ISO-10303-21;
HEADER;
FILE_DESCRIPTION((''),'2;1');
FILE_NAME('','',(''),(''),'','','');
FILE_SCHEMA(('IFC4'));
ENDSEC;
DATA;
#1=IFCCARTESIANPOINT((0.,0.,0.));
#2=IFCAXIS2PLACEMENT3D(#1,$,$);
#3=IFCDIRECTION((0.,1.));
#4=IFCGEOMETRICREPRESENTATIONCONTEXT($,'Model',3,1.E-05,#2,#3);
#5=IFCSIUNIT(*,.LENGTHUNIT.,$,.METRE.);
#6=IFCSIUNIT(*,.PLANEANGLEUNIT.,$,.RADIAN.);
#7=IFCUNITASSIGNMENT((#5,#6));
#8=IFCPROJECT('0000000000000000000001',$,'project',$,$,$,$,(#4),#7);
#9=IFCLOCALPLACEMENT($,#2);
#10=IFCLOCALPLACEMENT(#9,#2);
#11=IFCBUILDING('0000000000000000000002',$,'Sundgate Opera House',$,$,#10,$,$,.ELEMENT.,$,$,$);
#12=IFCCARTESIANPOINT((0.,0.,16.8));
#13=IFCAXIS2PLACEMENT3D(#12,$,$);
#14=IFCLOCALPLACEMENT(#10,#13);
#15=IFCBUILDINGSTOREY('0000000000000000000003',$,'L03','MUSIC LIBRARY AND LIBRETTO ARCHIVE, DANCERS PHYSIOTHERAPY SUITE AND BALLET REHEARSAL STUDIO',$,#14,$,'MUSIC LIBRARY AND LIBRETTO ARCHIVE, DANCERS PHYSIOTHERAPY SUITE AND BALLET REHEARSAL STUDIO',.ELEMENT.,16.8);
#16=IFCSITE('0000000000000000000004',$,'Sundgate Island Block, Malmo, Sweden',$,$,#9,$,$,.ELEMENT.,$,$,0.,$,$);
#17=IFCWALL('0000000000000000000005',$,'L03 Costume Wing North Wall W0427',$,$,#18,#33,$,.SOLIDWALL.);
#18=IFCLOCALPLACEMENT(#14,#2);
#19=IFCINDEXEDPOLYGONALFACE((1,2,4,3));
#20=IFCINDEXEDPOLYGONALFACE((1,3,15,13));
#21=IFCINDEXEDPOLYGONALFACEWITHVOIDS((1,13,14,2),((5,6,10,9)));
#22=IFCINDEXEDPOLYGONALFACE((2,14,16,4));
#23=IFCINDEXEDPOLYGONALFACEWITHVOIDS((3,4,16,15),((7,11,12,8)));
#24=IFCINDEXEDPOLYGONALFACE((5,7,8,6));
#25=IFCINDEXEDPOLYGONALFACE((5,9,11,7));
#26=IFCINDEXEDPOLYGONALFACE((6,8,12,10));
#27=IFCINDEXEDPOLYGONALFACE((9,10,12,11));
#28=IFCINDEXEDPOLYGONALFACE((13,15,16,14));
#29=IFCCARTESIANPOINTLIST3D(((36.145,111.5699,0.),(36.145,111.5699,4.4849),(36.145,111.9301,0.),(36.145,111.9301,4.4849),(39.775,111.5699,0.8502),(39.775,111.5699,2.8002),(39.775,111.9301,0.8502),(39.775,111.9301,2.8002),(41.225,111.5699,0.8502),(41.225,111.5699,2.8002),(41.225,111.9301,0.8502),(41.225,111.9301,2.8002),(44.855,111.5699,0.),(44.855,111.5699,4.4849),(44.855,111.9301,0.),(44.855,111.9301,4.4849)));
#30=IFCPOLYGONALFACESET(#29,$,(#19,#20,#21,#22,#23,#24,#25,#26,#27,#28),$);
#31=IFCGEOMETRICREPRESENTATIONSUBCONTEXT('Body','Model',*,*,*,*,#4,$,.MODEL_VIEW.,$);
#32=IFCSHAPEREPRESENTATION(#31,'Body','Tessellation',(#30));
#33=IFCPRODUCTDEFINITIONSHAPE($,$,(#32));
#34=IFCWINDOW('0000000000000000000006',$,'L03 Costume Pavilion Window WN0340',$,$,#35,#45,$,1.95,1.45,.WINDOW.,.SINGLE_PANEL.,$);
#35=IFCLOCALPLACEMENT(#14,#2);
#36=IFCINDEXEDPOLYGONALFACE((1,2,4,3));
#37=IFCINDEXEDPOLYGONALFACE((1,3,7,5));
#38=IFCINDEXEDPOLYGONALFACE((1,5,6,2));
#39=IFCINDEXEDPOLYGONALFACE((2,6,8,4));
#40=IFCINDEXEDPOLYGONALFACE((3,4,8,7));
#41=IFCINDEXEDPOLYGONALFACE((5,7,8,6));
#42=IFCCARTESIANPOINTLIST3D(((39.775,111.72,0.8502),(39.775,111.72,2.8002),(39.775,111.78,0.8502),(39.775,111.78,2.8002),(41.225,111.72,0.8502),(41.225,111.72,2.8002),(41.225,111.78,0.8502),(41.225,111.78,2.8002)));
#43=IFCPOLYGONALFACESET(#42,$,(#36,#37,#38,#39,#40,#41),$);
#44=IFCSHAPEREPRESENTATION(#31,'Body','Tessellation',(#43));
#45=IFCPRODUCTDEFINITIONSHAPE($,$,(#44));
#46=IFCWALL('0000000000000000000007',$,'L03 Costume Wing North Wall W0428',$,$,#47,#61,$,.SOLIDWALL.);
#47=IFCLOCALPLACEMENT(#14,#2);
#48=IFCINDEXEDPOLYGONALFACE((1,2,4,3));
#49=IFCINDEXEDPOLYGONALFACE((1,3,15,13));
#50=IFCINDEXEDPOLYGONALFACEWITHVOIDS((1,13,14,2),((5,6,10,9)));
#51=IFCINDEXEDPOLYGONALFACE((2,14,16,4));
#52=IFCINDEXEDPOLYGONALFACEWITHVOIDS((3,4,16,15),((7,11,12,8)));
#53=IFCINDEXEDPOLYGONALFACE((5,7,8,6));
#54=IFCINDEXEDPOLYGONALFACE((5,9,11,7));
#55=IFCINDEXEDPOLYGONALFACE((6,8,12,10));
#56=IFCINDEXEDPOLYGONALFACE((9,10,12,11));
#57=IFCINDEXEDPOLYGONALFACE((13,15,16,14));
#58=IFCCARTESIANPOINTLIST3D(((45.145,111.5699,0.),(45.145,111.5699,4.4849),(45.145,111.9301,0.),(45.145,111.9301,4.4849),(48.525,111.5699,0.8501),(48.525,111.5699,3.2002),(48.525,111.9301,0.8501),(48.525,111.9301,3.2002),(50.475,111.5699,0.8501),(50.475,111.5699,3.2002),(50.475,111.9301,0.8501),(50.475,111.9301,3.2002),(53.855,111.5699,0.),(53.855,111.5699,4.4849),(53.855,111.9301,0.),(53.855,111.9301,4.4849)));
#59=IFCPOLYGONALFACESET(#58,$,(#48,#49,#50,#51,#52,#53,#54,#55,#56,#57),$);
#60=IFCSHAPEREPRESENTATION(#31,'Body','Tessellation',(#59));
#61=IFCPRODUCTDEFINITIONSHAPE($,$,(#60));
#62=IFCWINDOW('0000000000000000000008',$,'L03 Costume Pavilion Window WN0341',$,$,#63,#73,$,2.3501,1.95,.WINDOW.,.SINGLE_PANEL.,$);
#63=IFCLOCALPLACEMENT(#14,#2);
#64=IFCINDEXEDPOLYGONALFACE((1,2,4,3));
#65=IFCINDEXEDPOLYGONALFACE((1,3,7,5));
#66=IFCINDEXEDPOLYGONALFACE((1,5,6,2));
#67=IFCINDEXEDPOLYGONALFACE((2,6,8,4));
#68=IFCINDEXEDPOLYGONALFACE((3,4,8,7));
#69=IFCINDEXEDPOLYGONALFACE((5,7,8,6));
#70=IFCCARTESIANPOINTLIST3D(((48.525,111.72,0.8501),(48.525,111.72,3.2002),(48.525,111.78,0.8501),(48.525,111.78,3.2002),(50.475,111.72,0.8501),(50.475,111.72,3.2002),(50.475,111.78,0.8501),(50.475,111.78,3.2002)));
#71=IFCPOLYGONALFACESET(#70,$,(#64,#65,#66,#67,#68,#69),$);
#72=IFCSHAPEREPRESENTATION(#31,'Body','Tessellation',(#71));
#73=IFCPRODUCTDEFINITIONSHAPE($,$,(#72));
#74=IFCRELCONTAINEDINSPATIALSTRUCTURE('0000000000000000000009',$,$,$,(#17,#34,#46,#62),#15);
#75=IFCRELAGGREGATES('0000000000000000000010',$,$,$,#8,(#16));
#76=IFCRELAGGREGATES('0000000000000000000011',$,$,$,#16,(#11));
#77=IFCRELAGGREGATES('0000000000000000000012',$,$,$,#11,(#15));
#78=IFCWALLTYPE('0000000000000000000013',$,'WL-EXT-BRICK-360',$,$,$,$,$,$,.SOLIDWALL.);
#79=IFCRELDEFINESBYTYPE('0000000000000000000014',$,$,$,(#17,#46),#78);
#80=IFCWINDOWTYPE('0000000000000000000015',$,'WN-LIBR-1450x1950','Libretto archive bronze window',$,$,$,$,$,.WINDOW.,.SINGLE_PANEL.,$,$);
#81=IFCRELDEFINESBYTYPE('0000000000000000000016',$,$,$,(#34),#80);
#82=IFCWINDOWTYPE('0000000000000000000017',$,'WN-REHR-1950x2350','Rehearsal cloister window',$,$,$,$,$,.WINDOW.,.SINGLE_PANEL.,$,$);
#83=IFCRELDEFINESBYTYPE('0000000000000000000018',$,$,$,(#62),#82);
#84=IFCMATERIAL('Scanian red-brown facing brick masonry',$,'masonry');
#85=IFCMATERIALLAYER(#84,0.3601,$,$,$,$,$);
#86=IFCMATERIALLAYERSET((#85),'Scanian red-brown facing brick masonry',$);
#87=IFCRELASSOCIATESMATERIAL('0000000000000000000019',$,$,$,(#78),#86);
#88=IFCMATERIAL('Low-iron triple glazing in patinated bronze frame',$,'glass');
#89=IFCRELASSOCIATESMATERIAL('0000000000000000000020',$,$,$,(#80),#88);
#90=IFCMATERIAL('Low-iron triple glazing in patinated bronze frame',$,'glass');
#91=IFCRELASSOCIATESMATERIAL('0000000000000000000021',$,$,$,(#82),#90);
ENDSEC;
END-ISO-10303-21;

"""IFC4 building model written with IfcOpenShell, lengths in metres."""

from ifc_helpers import new_model, si_unit, direction, frame, frame_2d, origin, place, context, subcontext, project, spatial, rectangle, extrude, material, layer, layer_set, type_object, element, fill, save


model = new_model("IFC4")

# Units and contexts
model_context = context("Model", 3, precision=1e-05, world=origin(), true_north=direction((0.0, 1.0)))
body_context = subcontext(model_context, "Body", "Model", "MODEL_VIEW")
ifc_project = project(units=[si_unit("LENGTHUNIT", "METRE"), si_unit("PLANEANGLEUNIT", "RADIAN")], contexts=[model_context])

# Site, building, storey
site_placement = place(None, origin())
site = spatial("IfcSite", under=ifc_project, at=site_placement, Name="Sundgate Island Block, Malmo, Sweden", CompositionType="ELEMENT", RefElevation=0.0)
building_placement = place(site_placement, origin())
building = spatial("IfcBuilding", under=site, at=building_placement, Name="Sundgate Opera House", CompositionType="ELEMENT")
storey_placement = place(building_placement, frame((0.0, 0.0, 16.8)))
storey = spatial("IfcBuildingStorey", under=building, at=storey_placement, Name="L03", Description="MUSIC LIBRARY AND LIBRETTO ARCHIVE, DANCERS PHYSIOTHERAPY SUITE AND BALLET REHEARSAL STUDIO", LongName="MUSIC LIBRARY AND LIBRETTO ARCHIVE, DANCERS PHYSIOTHERAPY SUITE AND BALLET REHEARSAL STUDIO", CompositionType="ELEMENT", Elevation=16.8)

# Walls, openings, windows
ifc_material_1 = material(Name="Scanian red-brown facing brick masonry", Category="masonry")
ifc_layer_1 = layer(ifc_material_1, 0.3601)
ifc_layer_set_1 = layer_set([ifc_layer_1], Name="Scanian red-brown facing brick masonry")
wall_type = type_object("IfcWallType", Name="WL-EXT-BRICK-360", PredefinedType="SOLIDWALL", material=ifc_layer_set_1)
wall_1_placement = place(storey_placement, frame((36.145, 111.75, 0.0), z_axis=(0.0, 0.0, 1.0), x_axis=(1.0, 0.0, 0.0)))
wall_1 = element("IfcWall", 1, at=wall_1_placement, inside=storey, type_object=wall_type, Name="L03 Costume Wing North Wall W0427", PredefinedType="SOLIDWALL", context=body_context, shape_type="SweptSolid", body=[
    extrude(rectangle(XDim=8.71, YDim=0.3601, at=frame_2d((4.355, 0.0))), origin(), (0.0, 0.0, 1.0), 4.4849),
])
opening_1_placement = place(wall_1_placement, frame((3.6299, 0.0, 0.8501)))
opening_1 = element("IfcOpeningElement", 2, at=opening_1_placement, cuts=wall_1, PredefinedType="OPENING", context=body_context, shape_type="SweptSolid", body=[
    extrude(rectangle(XDim=1.45, YDim=1.95, at=frame_2d((0.7251, 0.9751))), frame((0.0, 0.1899, 0.0), z_axis=(0.0, -1.0, 0.0), x_axis=(1.0, 0.0, 0.0)), (0.0, 0.0, 1.0), 0.3801),
])
ifc_material_2 = material(Name="Low-iron triple glazing in patinated bronze frame", Category="glass")
window_type_1 = type_object("IfcWindowType", Name="WN-LIBR-1450x1950", Description="Libretto archive bronze window", PartitioningType="SINGLE_PANEL", PredefinedType="WINDOW", material=ifc_material_2)
window_1_placement = place(opening_1_placement, origin())
window_1 = element("IfcWindow", 3, at=window_1_placement, inside=storey, type_object=window_type_1, Name="L03 Costume Pavilion Window WN0340", OverallHeight=1.95, OverallWidth=1.45, PartitioningType="SINGLE_PANEL", PredefinedType="WINDOW", context=body_context, shape_type="SweptSolid", body=[
    extrude(rectangle(XDim=1.45, YDim=1.95, at=frame_2d((0.7251, 0.9751))), frame((0.0, 0.03, 0.0), z_axis=(0.0, -1.0, 0.0), x_axis=(1.0, 0.0, 0.0)), (0.0, 0.0, 1.0), 0.0601),
])
fill(opening_1, window_1)
wall_2_placement = place(storey_placement, frame((45.145, 111.75, 0.0), z_axis=(0.0, 0.0, 1.0), x_axis=(1.0, 0.0, 0.0)))
wall_2 = element("IfcWall", 4, at=wall_2_placement, inside=storey, type_object=wall_type, Name="L03 Costume Wing North Wall W0428", PredefinedType="SOLIDWALL", context=body_context, shape_type="SweptSolid", body=[
    extrude(rectangle(XDim=8.71, YDim=0.3601, at=frame_2d((4.355, 0.0))), origin(), (0.0, 0.0, 1.0), 4.4849),
])
opening_2_placement = place(wall_2_placement, frame((3.3799, 0.0, 0.8501)))
opening_2 = element("IfcOpeningElement", 5, at=opening_2_placement, cuts=wall_2, PredefinedType="OPENING", context=body_context, shape_type="SweptSolid", body=[
    extrude(rectangle(XDim=1.95, YDim=2.3501, at=frame_2d((0.9751, 1.175))), frame((0.0, 0.1899, 0.0), z_axis=(0.0, -1.0, 0.0), x_axis=(1.0, 0.0, 0.0)), (0.0, 0.0, 1.0), 0.3801),
])
ifc_material_3 = material(Name="Low-iron triple glazing in patinated bronze frame", Category="glass")
window_type_2 = type_object("IfcWindowType", Name="WN-REHR-1950x2350", Description="Rehearsal cloister window", PartitioningType="SINGLE_PANEL", PredefinedType="WINDOW", material=ifc_material_3)
window_2_placement = place(opening_2_placement, origin())
window_2 = element("IfcWindow", 6, at=window_2_placement, inside=storey, type_object=window_type_2, Name="L03 Costume Pavilion Window WN0341", OverallHeight=2.3501, OverallWidth=1.95, PartitioningType="SINGLE_PANEL", PredefinedType="WINDOW", context=body_context, shape_type="SweptSolid", body=[
    extrude(rectangle(XDim=1.95, YDim=2.3501, at=frame_2d((0.9751, 1.175))), frame((0.0, 0.03, 0.0), z_axis=(0.0, -1.0, 0.0), x_axis=(1.0, 0.0, 0.0)), (0.0, 0.0, 1.0), 0.0601),
])
fill(opening_2, window_2)

save(model, "model.ifc")
